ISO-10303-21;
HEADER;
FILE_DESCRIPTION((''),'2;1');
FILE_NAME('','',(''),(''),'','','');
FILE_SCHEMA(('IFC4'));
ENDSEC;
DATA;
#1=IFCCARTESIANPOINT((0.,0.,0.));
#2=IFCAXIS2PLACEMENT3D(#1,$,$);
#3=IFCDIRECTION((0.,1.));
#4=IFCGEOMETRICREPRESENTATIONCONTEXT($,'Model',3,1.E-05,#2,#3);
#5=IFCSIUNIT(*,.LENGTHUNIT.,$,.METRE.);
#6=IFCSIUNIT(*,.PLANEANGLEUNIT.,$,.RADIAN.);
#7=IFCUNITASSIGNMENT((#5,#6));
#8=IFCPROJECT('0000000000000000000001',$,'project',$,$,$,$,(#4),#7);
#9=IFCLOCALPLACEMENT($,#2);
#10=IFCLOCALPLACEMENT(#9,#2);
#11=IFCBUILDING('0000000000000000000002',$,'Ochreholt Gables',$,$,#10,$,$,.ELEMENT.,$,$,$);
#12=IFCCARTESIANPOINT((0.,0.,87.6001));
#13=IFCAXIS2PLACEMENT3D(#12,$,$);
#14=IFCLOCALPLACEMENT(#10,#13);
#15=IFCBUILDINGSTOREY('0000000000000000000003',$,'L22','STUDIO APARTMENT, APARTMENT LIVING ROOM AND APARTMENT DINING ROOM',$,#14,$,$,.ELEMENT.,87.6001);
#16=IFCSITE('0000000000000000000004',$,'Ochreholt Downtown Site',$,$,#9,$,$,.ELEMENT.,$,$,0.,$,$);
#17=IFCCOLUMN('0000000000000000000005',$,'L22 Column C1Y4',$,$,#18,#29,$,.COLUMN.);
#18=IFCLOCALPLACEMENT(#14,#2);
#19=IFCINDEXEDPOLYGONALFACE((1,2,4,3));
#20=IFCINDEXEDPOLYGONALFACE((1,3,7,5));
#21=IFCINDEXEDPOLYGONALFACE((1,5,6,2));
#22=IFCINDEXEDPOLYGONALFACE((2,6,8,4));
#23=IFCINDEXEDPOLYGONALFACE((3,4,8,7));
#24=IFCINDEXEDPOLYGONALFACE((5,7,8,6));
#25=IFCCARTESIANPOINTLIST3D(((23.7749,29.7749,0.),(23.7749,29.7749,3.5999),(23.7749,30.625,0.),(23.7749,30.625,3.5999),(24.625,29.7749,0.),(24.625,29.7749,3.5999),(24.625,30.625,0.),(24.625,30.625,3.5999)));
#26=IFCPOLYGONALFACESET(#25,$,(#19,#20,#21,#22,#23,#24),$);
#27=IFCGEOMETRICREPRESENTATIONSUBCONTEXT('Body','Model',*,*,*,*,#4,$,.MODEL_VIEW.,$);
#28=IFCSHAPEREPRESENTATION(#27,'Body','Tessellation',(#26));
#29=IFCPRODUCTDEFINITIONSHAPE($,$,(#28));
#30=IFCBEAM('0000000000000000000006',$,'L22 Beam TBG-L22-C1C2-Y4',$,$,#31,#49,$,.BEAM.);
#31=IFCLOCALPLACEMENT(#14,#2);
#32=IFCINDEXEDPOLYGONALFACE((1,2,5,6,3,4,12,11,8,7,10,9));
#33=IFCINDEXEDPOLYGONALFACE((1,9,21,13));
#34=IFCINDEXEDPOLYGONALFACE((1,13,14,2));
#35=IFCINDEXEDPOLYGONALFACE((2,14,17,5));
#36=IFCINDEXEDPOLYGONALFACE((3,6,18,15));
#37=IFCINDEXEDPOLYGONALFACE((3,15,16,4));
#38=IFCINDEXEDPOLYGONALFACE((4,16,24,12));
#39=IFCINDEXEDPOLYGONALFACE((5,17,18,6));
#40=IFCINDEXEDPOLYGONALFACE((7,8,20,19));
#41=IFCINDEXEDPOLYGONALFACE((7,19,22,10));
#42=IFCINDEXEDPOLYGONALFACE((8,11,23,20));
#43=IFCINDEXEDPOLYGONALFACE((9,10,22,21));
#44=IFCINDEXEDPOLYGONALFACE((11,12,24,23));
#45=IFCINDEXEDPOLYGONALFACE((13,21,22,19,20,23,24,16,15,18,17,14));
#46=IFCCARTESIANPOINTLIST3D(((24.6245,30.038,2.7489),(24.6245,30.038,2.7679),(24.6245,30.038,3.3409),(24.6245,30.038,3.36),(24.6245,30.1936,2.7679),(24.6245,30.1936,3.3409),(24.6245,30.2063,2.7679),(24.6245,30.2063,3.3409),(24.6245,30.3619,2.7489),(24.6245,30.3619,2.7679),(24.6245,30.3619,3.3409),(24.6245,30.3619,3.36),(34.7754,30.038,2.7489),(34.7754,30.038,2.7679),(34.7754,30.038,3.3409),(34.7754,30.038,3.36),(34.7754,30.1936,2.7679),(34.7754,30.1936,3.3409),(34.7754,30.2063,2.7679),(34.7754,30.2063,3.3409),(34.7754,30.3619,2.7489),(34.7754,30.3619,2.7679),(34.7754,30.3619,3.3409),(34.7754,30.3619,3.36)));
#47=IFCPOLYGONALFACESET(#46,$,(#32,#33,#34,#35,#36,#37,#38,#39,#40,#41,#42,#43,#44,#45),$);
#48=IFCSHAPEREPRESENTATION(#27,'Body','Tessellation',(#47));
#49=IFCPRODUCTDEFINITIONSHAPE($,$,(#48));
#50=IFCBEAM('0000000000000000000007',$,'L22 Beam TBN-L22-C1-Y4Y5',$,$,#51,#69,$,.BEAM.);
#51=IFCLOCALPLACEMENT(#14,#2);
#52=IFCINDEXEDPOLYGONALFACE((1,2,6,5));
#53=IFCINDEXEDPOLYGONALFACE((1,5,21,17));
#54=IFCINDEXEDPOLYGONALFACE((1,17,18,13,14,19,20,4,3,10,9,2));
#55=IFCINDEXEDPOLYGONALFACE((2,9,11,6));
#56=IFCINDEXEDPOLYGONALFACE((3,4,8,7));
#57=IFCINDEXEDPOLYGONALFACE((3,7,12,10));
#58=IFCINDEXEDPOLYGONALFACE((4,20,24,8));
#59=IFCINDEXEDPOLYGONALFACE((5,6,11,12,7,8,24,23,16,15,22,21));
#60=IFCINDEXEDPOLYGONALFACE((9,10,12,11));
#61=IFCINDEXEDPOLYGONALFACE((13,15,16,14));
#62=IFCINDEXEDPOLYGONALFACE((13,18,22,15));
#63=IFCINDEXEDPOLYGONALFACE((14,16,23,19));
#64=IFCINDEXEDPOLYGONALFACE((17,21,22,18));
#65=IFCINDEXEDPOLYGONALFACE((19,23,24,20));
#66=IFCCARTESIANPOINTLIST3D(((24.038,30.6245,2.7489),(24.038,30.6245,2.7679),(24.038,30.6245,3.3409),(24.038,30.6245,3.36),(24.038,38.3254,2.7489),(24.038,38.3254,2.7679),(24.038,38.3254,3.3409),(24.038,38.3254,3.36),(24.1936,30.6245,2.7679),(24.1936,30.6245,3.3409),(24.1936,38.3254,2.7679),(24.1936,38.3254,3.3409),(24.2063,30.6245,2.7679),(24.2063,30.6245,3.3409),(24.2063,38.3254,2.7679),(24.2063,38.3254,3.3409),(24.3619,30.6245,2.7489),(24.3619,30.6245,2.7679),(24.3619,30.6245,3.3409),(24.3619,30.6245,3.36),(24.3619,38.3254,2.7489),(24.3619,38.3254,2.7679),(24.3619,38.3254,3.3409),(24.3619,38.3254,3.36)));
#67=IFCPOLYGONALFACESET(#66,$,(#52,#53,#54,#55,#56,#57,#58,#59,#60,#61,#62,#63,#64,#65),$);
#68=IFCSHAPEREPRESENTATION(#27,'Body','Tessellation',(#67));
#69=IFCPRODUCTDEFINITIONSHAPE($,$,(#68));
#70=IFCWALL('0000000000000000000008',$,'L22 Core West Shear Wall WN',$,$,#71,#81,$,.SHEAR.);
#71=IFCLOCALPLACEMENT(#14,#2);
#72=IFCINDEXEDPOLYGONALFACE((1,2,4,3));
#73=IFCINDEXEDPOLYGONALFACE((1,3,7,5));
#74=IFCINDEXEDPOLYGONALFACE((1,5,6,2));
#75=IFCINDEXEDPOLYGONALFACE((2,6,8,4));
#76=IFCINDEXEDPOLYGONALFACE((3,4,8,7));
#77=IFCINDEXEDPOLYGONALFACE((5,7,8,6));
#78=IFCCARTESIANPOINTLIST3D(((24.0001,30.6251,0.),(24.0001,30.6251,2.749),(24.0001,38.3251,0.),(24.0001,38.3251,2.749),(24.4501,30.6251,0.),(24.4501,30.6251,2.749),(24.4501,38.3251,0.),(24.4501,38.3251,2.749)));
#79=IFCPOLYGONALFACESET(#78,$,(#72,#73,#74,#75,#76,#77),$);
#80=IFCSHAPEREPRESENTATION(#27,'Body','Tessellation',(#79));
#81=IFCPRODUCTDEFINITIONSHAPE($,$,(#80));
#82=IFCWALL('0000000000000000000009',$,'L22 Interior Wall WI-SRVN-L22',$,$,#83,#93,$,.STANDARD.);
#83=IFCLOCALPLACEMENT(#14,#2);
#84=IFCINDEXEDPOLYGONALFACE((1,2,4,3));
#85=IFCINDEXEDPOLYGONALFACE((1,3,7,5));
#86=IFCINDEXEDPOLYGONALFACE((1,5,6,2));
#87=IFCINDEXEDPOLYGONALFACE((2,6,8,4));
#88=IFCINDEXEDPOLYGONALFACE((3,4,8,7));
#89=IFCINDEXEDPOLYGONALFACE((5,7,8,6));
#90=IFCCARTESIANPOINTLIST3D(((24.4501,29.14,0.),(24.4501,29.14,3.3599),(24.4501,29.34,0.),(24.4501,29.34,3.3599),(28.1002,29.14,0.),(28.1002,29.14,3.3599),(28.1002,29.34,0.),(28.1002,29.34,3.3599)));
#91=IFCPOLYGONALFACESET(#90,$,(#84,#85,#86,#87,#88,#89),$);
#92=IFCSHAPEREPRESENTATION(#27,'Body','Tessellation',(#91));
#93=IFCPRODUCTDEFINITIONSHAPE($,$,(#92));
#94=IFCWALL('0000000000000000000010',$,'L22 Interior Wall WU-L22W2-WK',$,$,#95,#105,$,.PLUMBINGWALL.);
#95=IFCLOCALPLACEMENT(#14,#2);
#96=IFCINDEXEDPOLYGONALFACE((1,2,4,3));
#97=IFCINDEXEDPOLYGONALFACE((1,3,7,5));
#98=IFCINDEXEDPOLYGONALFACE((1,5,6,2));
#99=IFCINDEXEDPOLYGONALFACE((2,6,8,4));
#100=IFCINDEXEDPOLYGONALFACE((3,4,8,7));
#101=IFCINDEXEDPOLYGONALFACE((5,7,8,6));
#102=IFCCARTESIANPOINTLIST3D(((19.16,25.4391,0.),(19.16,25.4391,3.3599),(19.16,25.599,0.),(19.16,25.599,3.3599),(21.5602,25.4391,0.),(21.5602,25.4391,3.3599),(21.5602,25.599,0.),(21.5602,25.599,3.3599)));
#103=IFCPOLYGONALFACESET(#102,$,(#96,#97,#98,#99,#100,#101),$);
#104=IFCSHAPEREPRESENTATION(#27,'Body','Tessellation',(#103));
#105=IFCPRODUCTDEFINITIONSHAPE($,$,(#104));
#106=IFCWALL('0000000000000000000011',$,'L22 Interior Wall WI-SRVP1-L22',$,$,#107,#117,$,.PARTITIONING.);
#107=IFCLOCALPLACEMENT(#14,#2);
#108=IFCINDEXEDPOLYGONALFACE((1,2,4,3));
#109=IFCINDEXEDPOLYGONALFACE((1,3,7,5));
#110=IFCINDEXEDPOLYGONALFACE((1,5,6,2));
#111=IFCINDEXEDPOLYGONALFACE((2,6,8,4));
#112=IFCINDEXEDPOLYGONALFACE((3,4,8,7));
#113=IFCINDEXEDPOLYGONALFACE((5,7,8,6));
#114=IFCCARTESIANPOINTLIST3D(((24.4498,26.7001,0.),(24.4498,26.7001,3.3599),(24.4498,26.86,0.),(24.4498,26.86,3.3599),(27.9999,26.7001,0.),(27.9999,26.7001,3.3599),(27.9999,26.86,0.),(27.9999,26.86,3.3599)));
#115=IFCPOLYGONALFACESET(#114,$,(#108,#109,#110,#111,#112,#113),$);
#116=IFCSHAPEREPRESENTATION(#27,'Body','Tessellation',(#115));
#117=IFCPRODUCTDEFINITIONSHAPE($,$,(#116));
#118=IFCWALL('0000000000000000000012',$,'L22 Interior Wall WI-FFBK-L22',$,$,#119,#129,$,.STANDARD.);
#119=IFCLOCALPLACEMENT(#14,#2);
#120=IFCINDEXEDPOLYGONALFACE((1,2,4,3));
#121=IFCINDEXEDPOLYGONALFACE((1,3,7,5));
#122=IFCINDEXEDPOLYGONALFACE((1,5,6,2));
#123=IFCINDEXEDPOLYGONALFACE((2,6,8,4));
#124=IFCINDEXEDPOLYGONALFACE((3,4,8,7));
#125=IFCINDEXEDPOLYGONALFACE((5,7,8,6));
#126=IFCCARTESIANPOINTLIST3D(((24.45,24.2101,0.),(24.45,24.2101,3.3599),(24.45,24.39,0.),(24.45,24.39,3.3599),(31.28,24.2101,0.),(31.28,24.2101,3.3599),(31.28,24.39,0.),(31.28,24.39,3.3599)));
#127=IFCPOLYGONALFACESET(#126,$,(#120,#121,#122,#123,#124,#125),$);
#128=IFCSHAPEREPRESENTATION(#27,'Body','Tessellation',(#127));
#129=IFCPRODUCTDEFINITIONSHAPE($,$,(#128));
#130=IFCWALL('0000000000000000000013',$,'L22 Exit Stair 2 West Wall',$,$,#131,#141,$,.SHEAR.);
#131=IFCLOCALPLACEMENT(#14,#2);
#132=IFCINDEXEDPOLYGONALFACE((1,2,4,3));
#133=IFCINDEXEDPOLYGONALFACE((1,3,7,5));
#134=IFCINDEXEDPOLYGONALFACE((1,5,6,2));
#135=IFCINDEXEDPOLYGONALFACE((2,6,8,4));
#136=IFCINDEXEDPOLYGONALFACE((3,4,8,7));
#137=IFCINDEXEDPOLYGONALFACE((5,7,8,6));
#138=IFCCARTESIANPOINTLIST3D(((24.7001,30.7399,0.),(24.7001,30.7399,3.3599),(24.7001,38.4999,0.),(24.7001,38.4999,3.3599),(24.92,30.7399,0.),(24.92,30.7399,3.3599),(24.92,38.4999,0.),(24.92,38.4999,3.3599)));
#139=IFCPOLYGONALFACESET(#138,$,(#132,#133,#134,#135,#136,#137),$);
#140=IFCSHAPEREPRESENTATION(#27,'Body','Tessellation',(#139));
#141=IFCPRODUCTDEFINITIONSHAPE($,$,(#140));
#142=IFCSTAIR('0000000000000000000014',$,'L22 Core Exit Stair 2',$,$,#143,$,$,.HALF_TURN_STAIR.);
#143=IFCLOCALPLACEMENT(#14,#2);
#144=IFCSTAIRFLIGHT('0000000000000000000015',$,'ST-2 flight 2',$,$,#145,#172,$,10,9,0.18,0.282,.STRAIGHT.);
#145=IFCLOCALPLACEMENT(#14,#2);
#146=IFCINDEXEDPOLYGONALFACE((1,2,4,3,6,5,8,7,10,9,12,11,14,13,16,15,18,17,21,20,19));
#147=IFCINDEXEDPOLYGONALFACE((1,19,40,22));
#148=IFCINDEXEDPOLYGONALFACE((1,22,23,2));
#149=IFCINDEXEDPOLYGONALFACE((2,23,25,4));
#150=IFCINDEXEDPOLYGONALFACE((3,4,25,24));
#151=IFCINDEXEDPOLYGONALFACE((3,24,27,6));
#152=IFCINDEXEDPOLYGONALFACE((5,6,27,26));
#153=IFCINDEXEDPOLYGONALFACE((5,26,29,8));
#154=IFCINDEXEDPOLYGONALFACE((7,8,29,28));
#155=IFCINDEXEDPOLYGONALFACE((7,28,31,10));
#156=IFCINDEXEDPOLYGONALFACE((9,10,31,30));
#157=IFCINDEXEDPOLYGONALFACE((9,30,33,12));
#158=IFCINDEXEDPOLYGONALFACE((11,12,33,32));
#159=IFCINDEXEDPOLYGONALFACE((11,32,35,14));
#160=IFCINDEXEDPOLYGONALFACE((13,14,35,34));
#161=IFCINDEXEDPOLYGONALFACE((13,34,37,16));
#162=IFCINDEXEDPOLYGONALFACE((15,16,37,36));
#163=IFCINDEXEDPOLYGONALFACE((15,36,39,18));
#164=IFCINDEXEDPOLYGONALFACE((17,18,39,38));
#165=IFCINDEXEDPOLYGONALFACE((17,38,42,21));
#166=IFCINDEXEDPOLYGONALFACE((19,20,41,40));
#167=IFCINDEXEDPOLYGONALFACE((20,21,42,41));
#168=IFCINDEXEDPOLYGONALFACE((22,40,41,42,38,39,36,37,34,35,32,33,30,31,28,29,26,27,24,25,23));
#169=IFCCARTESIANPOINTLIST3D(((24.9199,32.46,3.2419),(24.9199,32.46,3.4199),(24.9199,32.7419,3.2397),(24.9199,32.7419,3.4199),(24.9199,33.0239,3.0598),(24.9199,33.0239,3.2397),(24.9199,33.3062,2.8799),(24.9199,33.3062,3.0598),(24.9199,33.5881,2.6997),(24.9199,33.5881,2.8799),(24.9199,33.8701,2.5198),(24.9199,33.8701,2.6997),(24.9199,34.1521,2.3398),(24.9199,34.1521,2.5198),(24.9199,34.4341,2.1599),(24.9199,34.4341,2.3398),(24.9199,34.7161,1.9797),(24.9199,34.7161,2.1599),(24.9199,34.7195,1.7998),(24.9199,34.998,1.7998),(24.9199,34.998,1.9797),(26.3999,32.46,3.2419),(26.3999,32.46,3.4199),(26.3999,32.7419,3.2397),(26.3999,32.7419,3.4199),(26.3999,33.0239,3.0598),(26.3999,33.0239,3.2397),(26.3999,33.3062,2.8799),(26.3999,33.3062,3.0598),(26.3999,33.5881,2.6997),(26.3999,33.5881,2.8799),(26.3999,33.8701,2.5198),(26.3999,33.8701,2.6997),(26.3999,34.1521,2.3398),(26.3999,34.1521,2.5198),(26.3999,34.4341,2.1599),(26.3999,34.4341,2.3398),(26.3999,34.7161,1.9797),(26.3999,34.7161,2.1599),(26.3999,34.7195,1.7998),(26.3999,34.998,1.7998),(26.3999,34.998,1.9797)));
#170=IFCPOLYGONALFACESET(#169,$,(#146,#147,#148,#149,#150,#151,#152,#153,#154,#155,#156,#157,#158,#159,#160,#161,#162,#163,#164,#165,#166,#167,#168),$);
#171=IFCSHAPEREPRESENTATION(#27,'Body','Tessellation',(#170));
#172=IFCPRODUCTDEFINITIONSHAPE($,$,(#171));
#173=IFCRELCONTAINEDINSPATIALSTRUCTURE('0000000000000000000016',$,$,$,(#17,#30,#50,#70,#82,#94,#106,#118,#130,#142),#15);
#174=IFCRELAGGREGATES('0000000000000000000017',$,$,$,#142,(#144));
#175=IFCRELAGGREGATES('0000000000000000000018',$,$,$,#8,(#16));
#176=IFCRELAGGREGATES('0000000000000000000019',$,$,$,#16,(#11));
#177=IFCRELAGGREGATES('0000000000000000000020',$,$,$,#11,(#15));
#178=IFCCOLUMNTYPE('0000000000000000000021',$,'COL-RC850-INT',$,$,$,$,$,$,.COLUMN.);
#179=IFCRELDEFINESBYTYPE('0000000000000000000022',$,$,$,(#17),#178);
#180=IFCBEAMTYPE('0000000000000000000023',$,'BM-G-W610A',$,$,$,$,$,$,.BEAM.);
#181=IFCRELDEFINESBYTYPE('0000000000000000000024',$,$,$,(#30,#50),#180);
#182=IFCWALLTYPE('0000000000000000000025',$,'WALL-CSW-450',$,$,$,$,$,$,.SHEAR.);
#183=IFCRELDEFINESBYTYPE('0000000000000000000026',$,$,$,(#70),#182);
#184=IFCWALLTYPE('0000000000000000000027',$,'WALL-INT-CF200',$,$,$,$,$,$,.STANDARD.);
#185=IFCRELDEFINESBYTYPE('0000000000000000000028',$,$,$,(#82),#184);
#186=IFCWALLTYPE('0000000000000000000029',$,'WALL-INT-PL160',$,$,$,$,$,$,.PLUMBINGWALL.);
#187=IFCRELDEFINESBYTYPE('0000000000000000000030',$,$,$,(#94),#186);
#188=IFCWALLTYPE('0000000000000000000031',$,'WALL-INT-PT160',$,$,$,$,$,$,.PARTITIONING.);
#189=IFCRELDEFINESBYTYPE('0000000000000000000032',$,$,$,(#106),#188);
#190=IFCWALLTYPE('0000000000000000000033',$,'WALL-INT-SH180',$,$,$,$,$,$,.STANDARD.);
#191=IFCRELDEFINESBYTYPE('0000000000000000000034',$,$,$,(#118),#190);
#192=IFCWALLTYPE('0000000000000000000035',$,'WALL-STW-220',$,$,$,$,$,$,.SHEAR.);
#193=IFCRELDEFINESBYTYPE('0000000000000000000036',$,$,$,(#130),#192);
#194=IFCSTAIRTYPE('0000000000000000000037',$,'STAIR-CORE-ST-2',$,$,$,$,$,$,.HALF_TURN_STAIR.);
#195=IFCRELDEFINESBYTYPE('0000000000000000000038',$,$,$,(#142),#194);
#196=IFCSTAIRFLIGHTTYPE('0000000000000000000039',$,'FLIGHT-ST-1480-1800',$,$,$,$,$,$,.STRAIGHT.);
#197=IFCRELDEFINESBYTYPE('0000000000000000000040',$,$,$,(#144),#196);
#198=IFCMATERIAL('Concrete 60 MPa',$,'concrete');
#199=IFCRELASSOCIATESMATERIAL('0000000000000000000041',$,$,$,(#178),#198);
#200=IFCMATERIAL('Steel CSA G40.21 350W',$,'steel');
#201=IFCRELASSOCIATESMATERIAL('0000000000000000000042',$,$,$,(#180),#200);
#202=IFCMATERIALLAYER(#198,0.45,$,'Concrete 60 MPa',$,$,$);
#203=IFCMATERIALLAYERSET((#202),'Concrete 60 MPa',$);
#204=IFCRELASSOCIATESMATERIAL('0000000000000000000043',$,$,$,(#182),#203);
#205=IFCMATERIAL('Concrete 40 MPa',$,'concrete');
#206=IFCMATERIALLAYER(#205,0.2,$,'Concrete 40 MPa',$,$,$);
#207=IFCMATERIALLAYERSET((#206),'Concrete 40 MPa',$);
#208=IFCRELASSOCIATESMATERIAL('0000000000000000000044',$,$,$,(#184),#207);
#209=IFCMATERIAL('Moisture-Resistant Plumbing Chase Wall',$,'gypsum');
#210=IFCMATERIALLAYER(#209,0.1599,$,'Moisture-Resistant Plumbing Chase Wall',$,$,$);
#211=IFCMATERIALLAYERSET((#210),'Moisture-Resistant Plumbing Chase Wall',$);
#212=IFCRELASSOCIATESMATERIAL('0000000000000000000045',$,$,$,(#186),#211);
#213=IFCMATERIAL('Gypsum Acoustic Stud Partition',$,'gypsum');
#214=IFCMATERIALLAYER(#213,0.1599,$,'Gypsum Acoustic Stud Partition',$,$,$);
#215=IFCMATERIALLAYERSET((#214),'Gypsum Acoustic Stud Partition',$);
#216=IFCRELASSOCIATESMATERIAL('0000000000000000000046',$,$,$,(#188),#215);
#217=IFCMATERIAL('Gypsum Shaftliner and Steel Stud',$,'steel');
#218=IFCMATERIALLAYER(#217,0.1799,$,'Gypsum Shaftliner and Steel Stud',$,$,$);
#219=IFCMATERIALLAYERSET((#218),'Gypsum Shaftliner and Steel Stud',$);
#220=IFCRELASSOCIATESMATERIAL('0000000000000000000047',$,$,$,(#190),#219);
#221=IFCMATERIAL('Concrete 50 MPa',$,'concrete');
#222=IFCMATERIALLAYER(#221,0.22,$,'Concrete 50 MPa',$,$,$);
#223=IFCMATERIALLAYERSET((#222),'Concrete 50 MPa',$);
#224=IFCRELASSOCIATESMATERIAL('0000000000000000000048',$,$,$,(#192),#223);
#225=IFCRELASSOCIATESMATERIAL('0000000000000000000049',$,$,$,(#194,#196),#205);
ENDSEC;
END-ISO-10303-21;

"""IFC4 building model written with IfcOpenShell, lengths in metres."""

from ifc_helpers import new_model, si_unit, direction, frame, frame_2d, origin, origin_2d, place, context, subcontext, project, spatial, polyline, rectangle, i_section, outline, extrude, material, layer, layer_set, material_profile, profile_set, type_object, element, aggregate, save


model = new_model("IFC4")

# Units and contexts
model_context = context("Model", 3, precision=1e-05, world=origin(), true_north=direction((0.0, 1.0)))
body_context = subcontext(model_context, "Body", "Model", "MODEL_VIEW")
ifc_project = project(units=[si_unit("LENGTHUNIT", "METRE"), si_unit("PLANEANGLEUNIT", "RADIAN")], contexts=[model_context])

# Site, building, storey
site_placement = place(None, origin())
site = spatial("IfcSite", under=ifc_project, at=site_placement, Name="Ochreholt Downtown Site", CompositionType="ELEMENT", RefElevation=0.0)
building_placement = place(site_placement, origin())
building = spatial("IfcBuilding", under=site, at=building_placement, Name="Ochreholt Gables", CompositionType="ELEMENT")
storey_placement = place(building_placement, frame((0.0, 0.0, 87.6001)))
storey = spatial("IfcBuildingStorey", under=building, at=storey_placement, Name="L22", Description="STUDIO APARTMENT, APARTMENT LIVING ROOM AND APARTMENT DINING ROOM", CompositionType="ELEMENT", Elevation=87.6001)

# Column
ifc_material_1 = material(Name="Concrete 60 MPa", Category="concrete")
ifc_material_profile_1 = material_profile(ifc_material_1, rectangle(XDim=0.8501, YDim=0.8501, at=origin_2d()), Name="RC850X850")
ifc_profile_set_1 = profile_set([ifc_material_profile_1], Name="Concrete 60 MPa")
column_type = type_object("IfcColumnType", Name="COL-RC850-INT", PredefinedType="COLUMN", material=ifc_profile_set_1)
column_placement = place(storey_placement, frame((24.2, 30.2, 0.0), z_axis=(0.0, 0.0, 1.0), x_axis=(1.0, 0.0, 0.0)))
element("IfcColumn", 1, at=column_placement, inside=storey, type_object=column_type, Name="L22 Column C1Y4", PredefinedType="COLUMN", context=body_context, shape_type="SweptSolid", body=[
    extrude(rectangle(XDim=0.8501, YDim=0.8501, at=origin_2d()), origin(), (0.0, 0.0, 1.0), 3.5999),
])

# Beams
ifc_material_2 = material(Name="Steel CSA G40.21 350W", Category="steel")
ifc_material_profile_2 = material_profile(ifc_material_2, i_section(OverallWidth=0.324, OverallDepth=0.6111, WebThickness=0.0127, FlangeThickness=0.019, at=origin_2d()), Name="W610X155")
ifc_profile_set_2 = profile_set([ifc_material_profile_2], Name="Steel CSA G40.21 350W")
beam_type = type_object("IfcBeamType", Name="BM-G-W610A", PredefinedType="BEAM", material=ifc_profile_set_2)
beam_1_placement = place(storey_placement, frame((24.6245, 30.2, 3.0544), z_axis=(1.0, 0.0, 0.0), x_axis=(0.0, 1.0, 0.0)))
element("IfcBeam", 2, at=beam_1_placement, inside=storey, type_object=beam_type, Name="L22 Beam TBG-L22-C1C2-Y4", PredefinedType="BEAM", context=body_context, shape_type="SweptSolid", body=[
    extrude(i_section(OverallWidth=0.324, OverallDepth=0.6111, WebThickness=0.0127, FlangeThickness=0.019, at=origin_2d()), origin(), (0.0, 0.0, 1.0), 10.1509),
])
beam_2_placement = place(storey_placement, frame((24.2, 30.6245, 3.0544), z_axis=(0.0, 1.0, 0.0), x_axis=(-1.0, 0.0, 0.0)))
element("IfcBeam", 3, at=beam_2_placement, inside=storey, type_object=beam_type, Name="L22 Beam TBN-L22-C1-Y4Y5", PredefinedType="BEAM", context=body_context, shape_type="SweptSolid", body=[
    extrude(i_section(OverallWidth=0.324, OverallDepth=0.6111, WebThickness=0.0127, FlangeThickness=0.019, at=origin_2d()), origin(), (0.0, 0.0, 1.0), 7.7009),
])

# Walls
ifc_layer_1 = layer(ifc_material_1, 0.45, Name="Concrete 60 MPa")
ifc_layer_set_1 = layer_set([ifc_layer_1], Name="Concrete 60 MPa")
wall_type_1 = type_object("IfcWallType", Name="WALL-CSW-450", PredefinedType="SHEAR", material=ifc_layer_set_1)
wall_1_placement = place(storey_placement, frame((24.2251, 30.625, 0.0), z_axis=(0.0, 0.0, 1.0), x_axis=(0.0, 1.0, 0.0)))
element("IfcWall", 4, at=wall_1_placement, inside=storey, type_object=wall_type_1, Name="L22 Core West Shear Wall WN", PredefinedType="SHEAR", context=body_context, shape_type="SweptSolid", body=[
    extrude(rectangle(XDim=7.7, YDim=0.45, at=frame_2d((3.8501, 0.0))), origin(), (0.0, 0.0, 1.0), 2.749),
])
ifc_material_3 = material(Name="Concrete 40 MPa", Category="concrete")
ifc_layer_2 = layer(ifc_material_3, 0.2, Name="Concrete 40 MPa")
ifc_layer_set_2 = layer_set([ifc_layer_2], Name="Concrete 40 MPa")
wall_type_2 = type_object("IfcWallType", Name="WALL-INT-CF200", PredefinedType="STANDARD", material=ifc_layer_set_2)
wall_2_placement = place(storey_placement, frame((24.45, 29.24, 0.0), z_axis=(0.0, 0.0, 1.0), x_axis=(1.0, 0.0, 0.0)))
element("IfcWall", 5, at=wall_2_placement, inside=storey, type_object=wall_type_2, Name="L22 Interior Wall WI-SRVN-L22", PredefinedType="STANDARD", context=body_context, shape_type="SweptSolid", body=[
    extrude(rectangle(XDim=3.6501, YDim=0.2, at=frame_2d((1.8252, 0.0))), origin(), (0.0, 0.0, 1.0), 3.3599),
])

# Shared definitions
ifc_material_4 = material(Name="Moisture-Resistant Plumbing Chase Wall", Category="gypsum")
ifc_layer_3 = layer(ifc_material_4, 0.1599, Name="Moisture-Resistant Plumbing Chase Wall")
ifc_layer_set_3 = layer_set([ifc_layer_3], Name="Moisture-Resistant Plumbing Chase Wall")
wall_type_3 = type_object("IfcWallType", Name="WALL-INT-PL160", PredefinedType="PLUMBINGWALL", material=ifc_layer_set_3)

# Walls
wall_3_placement = place(storey_placement, frame((19.1599, 25.519, 0.0), z_axis=(0.0, 0.0, 1.0), x_axis=(1.0, 0.0, 0.0)))
element("IfcWall", 6, at=wall_3_placement, inside=storey, type_object=wall_type_3, Name="L22 Interior Wall WU-L22W2-WK", PredefinedType="PLUMBINGWALL", context=body_context, shape_type="SweptSolid", body=[
    extrude(rectangle(XDim=2.4001, YDim=0.1599, at=frame_2d((1.2002, 0.0))), origin(), (0.0, 0.0, 1.0), 3.3599),
])
ifc_material_5 = material(Name="Gypsum Acoustic Stud Partition", Category="gypsum")
ifc_layer_4 = layer(ifc_material_5, 0.1599, Name="Gypsum Acoustic Stud Partition")
ifc_layer_set_4 = layer_set([ifc_layer_4], Name="Gypsum Acoustic Stud Partition")
wall_type_4 = type_object("IfcWallType", Name="WALL-INT-PT160", PredefinedType="PARTITIONING", material=ifc_layer_set_4)
wall_4_placement = place(storey_placement, frame((24.45, 26.78, 0.0), z_axis=(0.0, 0.0, 1.0), x_axis=(1.0, 0.0, 0.0)))
element("IfcWall", 7, at=wall_4_placement, inside=storey, type_object=wall_type_4, Name="L22 Interior Wall WI-SRVP1-L22", PredefinedType="PARTITIONING", context=body_context, shape_type="SweptSolid", body=[
    extrude(rectangle(XDim=3.55, YDim=0.1599, at=frame_2d((1.7749, 0.0))), origin(), (0.0, 0.0, 1.0), 3.3599),
])
ifc_material_6 = material(Name="Gypsum Shaftliner and Steel Stud", Category="steel")
ifc_layer_5 = layer(ifc_material_6, 0.1799, Name="Gypsum Shaftliner and Steel Stud")
ifc_layer_set_5 = layer_set([ifc_layer_5], Name="Gypsum Shaftliner and Steel Stud")
wall_type_5 = type_object("IfcWallType", Name="WALL-INT-SH180", PredefinedType="STANDARD", material=ifc_layer_set_5)
wall_5_placement = place(storey_placement, frame((24.45, 24.3, 0.0), z_axis=(0.0, 0.0, 1.0), x_axis=(1.0, 0.0, 0.0)))
element("IfcWall", 8, at=wall_5_placement, inside=storey, type_object=wall_type_5, Name="L22 Interior Wall WI-FFBK-L22", PredefinedType="STANDARD", context=body_context, shape_type="SweptSolid", body=[
    extrude(rectangle(XDim=6.8301, YDim=0.1799, at=frame_2d((3.415, 0.0))), origin(), (0.0, 0.0, 1.0), 3.3599),
])
ifc_material_7 = material(Name="Concrete 50 MPa", Category="concrete")
ifc_layer_6 = layer(ifc_material_7, 0.22, Name="Concrete 50 MPa")
ifc_layer_set_6 = layer_set([ifc_layer_6], Name="Concrete 50 MPa")
wall_type_6 = type_object("IfcWallType", Name="WALL-STW-220", PredefinedType="SHEAR", material=ifc_layer_set_6)
wall_6_placement = place(storey_placement, frame((24.8101, 30.74, 0.0), z_axis=(0.0, 0.0, 1.0), x_axis=(0.0, 1.0, 0.0)))
element("IfcWall", 9, at=wall_6_placement, inside=storey, type_object=wall_type_6, Name="L22 Exit Stair 2 West Wall", PredefinedType="SHEAR", context=body_context, shape_type="SweptSolid", body=[
    extrude(rectangle(XDim=7.76, YDim=0.22, at=frame_2d((3.8799, 0.0))), origin(), (0.0, 0.0, 1.0), 3.3599),
])

# Stair, stair flight
stair_type = type_object("IfcStairType", Name="STAIR-CORE-ST-2", PredefinedType="HALF_TURN_STAIR", material=ifc_material_3)
stair_placement = place(storey_placement, origin())
stair = element("IfcStair", 10, at=stair_placement, inside=storey, type_object=stair_type, Name="L22 Core Exit Stair 2", PredefinedType="HALF_TURN_STAIR")
stair_flight_type = type_object("IfcStairFlightType", Name="FLIGHT-ST-1480-1800", PredefinedType="STRAIGHT", material=ifc_material_3)
stair_flight_placement = place(storey_placement, frame((25.6599, 34.998, 1.7998), z_axis=(0.0, 0.0, 1.0), x_axis=(0.0, -1.0, 0.0)))
stair_flight = element("IfcStairFlight", 11, at=stair_flight_placement, type_object=stair_flight_type, Name="ST-2 flight 2", NumberOfRisers=10, NumberOfTreads=9, PredefinedType="STRAIGHT", RiserHeight=0.18, TreadLength=0.282, context=body_context, shape_type="SweptSolid", body=[
    extrude(outline(polyline([(0.0, 0.0), (0.0, 0.1799), (0.282, 0.1799), (0.282, 0.3601), (0.564, 0.3601), (0.564, 0.54), (0.8459, 0.54), (0.8459, 0.72), (1.1279, 0.72), (1.1279, 0.8999), (1.4099, 0.8999), (1.4099, 1.0801), (1.6919, 1.0801), (1.6919, 1.26), (1.9741, 1.26), (1.9741, 1.4399), (2.2561, 1.4399), (2.2561, 1.6201), (2.5381, 1.6201), (2.5381, 1.8), (2.5381, 1.4421), (0.2786, 0.0), (0.0, 0.0)])), frame((0.0, 0.74, 0.0), z_axis=(0.0, -1.0, 0.0), x_axis=(1.0, 0.0, 0.0)), (0.0, 0.0, 1.0), 1.48),
])
aggregate(stair, [stair_flight])

save(model, "model.ifc")
